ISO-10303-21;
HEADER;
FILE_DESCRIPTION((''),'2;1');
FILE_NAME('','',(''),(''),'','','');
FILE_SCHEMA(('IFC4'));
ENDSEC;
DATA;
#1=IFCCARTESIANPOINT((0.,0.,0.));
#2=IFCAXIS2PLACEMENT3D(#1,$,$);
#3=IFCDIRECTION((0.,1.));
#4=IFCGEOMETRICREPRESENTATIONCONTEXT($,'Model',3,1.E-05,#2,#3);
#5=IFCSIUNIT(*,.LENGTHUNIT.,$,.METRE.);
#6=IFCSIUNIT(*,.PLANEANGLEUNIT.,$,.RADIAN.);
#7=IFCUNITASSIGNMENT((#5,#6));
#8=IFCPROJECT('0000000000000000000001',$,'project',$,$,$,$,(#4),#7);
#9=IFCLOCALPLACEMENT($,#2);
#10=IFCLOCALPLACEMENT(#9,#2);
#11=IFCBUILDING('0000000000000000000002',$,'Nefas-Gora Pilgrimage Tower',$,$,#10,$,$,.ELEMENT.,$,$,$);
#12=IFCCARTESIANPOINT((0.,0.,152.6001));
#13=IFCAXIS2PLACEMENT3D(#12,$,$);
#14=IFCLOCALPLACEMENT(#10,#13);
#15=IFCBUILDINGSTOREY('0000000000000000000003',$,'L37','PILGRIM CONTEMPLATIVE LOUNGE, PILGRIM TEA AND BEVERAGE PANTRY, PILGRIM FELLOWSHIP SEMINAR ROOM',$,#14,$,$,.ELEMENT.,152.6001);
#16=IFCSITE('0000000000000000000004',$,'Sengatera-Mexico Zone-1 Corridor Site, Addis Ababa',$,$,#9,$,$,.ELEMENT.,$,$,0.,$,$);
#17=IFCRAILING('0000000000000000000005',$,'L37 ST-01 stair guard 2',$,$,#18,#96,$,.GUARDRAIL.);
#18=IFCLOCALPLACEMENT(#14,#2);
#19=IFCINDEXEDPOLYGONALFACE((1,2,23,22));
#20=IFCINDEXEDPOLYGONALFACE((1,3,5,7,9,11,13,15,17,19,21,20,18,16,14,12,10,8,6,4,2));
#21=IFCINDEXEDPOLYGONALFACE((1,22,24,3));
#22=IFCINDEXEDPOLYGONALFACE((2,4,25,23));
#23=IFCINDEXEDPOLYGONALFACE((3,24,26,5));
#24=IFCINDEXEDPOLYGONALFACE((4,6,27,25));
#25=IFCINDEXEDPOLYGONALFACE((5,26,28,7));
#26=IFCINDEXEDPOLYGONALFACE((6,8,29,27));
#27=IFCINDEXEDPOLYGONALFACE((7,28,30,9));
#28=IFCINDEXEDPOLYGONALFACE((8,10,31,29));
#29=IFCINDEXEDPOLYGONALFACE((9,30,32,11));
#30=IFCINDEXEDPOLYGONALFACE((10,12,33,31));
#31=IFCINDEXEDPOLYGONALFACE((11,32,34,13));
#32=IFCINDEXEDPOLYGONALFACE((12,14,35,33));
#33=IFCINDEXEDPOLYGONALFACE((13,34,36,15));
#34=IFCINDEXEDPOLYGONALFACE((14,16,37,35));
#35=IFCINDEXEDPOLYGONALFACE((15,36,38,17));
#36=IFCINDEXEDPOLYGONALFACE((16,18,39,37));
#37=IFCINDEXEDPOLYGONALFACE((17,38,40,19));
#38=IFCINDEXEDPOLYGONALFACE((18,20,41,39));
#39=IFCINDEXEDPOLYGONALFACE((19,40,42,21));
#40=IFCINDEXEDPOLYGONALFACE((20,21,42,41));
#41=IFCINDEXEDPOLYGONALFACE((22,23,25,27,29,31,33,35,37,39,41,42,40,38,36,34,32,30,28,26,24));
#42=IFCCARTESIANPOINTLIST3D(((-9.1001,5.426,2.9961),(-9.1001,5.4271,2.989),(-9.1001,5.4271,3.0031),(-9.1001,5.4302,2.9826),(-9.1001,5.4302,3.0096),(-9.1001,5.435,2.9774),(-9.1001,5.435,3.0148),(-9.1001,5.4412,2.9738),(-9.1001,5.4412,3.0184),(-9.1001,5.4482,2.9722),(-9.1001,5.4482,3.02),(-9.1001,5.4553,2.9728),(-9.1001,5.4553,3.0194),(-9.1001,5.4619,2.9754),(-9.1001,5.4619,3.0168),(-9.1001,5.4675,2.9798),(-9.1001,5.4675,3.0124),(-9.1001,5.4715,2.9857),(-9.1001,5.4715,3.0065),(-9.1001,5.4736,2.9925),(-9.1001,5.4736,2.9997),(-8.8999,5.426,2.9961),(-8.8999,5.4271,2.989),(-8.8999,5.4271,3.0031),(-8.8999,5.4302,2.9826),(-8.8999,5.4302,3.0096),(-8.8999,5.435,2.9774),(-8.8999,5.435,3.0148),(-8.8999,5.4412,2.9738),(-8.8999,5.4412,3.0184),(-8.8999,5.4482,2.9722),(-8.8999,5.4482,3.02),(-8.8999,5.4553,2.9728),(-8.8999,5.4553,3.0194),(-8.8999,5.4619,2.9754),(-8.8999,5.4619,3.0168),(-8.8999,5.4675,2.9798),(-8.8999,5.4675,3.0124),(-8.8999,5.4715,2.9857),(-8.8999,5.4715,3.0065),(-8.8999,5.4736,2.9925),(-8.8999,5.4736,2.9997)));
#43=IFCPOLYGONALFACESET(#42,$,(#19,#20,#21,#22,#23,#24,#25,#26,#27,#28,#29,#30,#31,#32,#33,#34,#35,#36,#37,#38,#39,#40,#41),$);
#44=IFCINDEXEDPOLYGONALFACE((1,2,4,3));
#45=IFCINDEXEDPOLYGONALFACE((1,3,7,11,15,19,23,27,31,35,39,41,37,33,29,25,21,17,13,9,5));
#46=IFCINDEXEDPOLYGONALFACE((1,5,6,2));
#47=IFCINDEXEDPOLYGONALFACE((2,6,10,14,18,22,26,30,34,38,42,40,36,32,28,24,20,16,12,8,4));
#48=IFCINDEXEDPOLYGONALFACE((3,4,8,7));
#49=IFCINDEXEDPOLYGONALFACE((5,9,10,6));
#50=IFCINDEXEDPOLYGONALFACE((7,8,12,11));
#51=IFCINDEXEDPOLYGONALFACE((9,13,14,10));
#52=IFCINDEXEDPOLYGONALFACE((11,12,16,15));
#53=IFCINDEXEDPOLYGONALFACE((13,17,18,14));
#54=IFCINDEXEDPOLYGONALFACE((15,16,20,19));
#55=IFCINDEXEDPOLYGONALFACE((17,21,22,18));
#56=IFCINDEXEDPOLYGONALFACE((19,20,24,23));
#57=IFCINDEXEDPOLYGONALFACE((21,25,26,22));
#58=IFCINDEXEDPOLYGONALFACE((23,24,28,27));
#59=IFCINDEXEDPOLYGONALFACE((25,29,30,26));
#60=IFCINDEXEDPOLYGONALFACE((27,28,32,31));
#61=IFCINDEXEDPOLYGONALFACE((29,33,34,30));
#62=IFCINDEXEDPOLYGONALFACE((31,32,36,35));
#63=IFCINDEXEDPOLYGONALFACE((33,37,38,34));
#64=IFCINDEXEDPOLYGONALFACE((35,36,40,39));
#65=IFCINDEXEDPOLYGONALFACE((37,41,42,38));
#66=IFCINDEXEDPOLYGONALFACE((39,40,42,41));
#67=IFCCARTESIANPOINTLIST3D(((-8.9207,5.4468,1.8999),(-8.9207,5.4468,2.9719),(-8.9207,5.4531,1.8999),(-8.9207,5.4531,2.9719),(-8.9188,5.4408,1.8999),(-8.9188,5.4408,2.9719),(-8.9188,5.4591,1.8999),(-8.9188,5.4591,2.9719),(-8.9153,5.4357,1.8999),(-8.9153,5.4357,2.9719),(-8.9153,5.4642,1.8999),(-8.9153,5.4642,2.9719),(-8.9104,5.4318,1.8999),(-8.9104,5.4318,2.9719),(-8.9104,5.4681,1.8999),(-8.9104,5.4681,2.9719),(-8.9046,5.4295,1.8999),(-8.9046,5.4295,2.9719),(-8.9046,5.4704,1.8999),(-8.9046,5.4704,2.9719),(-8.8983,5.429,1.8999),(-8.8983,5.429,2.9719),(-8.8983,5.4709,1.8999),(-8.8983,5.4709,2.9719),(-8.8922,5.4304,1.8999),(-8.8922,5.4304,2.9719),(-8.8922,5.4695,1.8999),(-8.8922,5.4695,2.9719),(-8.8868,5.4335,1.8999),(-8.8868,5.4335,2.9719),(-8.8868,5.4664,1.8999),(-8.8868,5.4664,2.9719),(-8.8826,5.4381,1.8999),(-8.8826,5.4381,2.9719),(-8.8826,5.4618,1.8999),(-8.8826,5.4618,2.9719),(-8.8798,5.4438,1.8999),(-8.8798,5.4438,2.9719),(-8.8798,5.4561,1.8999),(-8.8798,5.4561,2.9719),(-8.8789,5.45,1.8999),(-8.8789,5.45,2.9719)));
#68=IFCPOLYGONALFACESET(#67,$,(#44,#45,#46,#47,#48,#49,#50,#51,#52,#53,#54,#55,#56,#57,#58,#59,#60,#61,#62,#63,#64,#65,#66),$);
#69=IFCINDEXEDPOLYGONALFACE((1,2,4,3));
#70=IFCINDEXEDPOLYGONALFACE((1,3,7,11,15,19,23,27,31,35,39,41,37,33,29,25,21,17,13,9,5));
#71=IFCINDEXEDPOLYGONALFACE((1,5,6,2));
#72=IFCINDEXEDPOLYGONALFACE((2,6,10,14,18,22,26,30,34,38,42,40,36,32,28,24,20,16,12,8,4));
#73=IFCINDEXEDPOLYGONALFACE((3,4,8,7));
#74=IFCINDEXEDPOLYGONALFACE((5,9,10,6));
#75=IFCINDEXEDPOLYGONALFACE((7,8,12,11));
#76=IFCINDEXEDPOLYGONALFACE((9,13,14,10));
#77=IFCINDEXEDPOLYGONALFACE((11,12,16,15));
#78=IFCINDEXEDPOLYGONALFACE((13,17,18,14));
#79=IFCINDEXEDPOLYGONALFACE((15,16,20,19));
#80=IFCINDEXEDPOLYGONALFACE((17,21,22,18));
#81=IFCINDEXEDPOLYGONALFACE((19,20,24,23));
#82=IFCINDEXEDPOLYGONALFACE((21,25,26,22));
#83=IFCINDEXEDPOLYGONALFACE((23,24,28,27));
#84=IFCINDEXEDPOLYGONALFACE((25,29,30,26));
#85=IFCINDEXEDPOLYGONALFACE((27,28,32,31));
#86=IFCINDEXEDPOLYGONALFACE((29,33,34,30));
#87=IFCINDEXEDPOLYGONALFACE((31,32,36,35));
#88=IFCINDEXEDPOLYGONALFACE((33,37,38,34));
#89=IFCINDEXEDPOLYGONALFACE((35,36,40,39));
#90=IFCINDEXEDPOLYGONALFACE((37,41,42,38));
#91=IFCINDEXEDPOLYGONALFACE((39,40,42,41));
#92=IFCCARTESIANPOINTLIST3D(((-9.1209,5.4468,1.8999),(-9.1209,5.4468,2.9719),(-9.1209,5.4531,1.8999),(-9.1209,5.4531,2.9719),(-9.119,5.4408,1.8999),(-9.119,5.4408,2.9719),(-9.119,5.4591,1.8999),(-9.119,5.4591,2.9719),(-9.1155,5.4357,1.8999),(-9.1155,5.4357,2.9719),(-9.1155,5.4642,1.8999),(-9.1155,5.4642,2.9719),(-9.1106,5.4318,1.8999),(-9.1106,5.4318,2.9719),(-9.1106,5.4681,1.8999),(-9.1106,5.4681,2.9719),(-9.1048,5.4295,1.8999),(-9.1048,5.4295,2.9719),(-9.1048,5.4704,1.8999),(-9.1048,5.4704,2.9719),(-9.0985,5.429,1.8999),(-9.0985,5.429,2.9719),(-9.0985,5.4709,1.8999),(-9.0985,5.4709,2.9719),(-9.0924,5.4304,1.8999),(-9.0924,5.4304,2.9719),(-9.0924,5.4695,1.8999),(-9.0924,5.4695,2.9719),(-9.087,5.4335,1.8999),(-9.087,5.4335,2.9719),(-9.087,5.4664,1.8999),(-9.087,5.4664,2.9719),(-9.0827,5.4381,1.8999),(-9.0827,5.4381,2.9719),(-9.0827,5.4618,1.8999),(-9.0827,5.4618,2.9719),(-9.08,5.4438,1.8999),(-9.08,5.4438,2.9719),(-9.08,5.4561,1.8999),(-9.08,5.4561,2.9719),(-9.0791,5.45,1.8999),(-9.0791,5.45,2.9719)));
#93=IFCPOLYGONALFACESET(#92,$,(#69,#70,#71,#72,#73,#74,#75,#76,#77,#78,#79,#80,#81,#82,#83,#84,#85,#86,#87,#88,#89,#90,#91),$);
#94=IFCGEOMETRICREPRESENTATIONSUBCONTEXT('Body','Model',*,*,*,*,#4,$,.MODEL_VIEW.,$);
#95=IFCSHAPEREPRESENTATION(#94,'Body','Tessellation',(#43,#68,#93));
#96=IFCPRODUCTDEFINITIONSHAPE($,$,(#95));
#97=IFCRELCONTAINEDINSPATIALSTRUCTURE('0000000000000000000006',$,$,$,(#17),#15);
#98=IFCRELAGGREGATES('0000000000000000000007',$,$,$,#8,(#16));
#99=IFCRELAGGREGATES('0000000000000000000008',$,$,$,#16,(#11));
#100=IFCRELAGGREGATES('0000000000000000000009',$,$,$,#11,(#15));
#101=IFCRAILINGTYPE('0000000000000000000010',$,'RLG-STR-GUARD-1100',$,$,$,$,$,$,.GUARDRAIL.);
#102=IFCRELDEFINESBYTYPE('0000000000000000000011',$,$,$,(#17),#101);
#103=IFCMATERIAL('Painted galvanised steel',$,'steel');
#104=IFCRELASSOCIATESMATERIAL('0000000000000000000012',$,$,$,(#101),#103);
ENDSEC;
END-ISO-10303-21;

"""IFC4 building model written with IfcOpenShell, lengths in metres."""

from ifc_helpers import new_model, si_unit, direction, frame, origin, origin_2d, place, context, subcontext, project, spatial, circle, extrude, material, type_object, element, save


model = new_model("IFC4")

# Units and contexts
model_context = context("Model", 3, precision=1e-05, world=origin(), true_north=direction((0.0, 1.0)))
body_context = subcontext(model_context, "Body", "Model", "MODEL_VIEW")
ifc_project = project(units=[si_unit("LENGTHUNIT", "METRE"), si_unit("PLANEANGLEUNIT", "RADIAN")], contexts=[model_context])

# Site, building, storey
site_placement = place(None, origin())
site = spatial("IfcSite", under=ifc_project, at=site_placement, Name="Sengatera-Mexico Zone-1 Corridor Site, Addis Ababa", CompositionType="ELEMENT", RefElevation=0.0)
building_placement = place(site_placement, origin())
building = spatial("IfcBuilding", under=site, at=building_placement, Name="Nefas-Gora Pilgrimage Tower", CompositionType="ELEMENT")
storey_placement = place(building_placement, frame((0.0, 0.0, 152.6001)))
storey = spatial("IfcBuildingStorey", under=building, at=storey_placement, Name="L37", Description="PILGRIM CONTEMPLATIVE LOUNGE, PILGRIM TEA AND BEVERAGE PANTRY, PILGRIM FELLOWSHIP SEMINAR ROOM", CompositionType="ELEMENT", Elevation=152.6001)

# Railing
ifc_material_1 = material(Name="Painted galvanised steel", Category="steel")
railing_type_1 = type_object("IfcRailingType", Name="RLG-STR-GUARD-1100", PredefinedType="GUARDRAIL", material=ifc_material_1)
railing_1_placement = place(storey_placement, frame((-8.8999, 5.45, 1.8999)))
element("IfcRailing", 1, at=railing_1_placement, inside=storey, type_object=railing_type_1, Name="L37 ST-01 stair guard 2", PredefinedType="GUARDRAIL", context=body_context, shape_type="SweptSolid", body=[
    extrude(circle(Radius=0.0239, at=origin_2d()), frame((0.0, 0.0, 1.0962), z_axis=(-1.0, 0.0, 0.0), x_axis=(0.0, -1.0, 0.0)), (0.0, 0.0, 1.0), 0.2002),
    extrude(circle(Radius=0.021, at=origin_2d()), origin(), (0.0, 0.0, 1.0), 1.072),
    extrude(circle(Radius=0.021, at=origin_2d()), frame((-0.2002, 0.0, 0.0)), (0.0, 0.0, 1.0), 1.072),
])

save(model, "model.ifc")
